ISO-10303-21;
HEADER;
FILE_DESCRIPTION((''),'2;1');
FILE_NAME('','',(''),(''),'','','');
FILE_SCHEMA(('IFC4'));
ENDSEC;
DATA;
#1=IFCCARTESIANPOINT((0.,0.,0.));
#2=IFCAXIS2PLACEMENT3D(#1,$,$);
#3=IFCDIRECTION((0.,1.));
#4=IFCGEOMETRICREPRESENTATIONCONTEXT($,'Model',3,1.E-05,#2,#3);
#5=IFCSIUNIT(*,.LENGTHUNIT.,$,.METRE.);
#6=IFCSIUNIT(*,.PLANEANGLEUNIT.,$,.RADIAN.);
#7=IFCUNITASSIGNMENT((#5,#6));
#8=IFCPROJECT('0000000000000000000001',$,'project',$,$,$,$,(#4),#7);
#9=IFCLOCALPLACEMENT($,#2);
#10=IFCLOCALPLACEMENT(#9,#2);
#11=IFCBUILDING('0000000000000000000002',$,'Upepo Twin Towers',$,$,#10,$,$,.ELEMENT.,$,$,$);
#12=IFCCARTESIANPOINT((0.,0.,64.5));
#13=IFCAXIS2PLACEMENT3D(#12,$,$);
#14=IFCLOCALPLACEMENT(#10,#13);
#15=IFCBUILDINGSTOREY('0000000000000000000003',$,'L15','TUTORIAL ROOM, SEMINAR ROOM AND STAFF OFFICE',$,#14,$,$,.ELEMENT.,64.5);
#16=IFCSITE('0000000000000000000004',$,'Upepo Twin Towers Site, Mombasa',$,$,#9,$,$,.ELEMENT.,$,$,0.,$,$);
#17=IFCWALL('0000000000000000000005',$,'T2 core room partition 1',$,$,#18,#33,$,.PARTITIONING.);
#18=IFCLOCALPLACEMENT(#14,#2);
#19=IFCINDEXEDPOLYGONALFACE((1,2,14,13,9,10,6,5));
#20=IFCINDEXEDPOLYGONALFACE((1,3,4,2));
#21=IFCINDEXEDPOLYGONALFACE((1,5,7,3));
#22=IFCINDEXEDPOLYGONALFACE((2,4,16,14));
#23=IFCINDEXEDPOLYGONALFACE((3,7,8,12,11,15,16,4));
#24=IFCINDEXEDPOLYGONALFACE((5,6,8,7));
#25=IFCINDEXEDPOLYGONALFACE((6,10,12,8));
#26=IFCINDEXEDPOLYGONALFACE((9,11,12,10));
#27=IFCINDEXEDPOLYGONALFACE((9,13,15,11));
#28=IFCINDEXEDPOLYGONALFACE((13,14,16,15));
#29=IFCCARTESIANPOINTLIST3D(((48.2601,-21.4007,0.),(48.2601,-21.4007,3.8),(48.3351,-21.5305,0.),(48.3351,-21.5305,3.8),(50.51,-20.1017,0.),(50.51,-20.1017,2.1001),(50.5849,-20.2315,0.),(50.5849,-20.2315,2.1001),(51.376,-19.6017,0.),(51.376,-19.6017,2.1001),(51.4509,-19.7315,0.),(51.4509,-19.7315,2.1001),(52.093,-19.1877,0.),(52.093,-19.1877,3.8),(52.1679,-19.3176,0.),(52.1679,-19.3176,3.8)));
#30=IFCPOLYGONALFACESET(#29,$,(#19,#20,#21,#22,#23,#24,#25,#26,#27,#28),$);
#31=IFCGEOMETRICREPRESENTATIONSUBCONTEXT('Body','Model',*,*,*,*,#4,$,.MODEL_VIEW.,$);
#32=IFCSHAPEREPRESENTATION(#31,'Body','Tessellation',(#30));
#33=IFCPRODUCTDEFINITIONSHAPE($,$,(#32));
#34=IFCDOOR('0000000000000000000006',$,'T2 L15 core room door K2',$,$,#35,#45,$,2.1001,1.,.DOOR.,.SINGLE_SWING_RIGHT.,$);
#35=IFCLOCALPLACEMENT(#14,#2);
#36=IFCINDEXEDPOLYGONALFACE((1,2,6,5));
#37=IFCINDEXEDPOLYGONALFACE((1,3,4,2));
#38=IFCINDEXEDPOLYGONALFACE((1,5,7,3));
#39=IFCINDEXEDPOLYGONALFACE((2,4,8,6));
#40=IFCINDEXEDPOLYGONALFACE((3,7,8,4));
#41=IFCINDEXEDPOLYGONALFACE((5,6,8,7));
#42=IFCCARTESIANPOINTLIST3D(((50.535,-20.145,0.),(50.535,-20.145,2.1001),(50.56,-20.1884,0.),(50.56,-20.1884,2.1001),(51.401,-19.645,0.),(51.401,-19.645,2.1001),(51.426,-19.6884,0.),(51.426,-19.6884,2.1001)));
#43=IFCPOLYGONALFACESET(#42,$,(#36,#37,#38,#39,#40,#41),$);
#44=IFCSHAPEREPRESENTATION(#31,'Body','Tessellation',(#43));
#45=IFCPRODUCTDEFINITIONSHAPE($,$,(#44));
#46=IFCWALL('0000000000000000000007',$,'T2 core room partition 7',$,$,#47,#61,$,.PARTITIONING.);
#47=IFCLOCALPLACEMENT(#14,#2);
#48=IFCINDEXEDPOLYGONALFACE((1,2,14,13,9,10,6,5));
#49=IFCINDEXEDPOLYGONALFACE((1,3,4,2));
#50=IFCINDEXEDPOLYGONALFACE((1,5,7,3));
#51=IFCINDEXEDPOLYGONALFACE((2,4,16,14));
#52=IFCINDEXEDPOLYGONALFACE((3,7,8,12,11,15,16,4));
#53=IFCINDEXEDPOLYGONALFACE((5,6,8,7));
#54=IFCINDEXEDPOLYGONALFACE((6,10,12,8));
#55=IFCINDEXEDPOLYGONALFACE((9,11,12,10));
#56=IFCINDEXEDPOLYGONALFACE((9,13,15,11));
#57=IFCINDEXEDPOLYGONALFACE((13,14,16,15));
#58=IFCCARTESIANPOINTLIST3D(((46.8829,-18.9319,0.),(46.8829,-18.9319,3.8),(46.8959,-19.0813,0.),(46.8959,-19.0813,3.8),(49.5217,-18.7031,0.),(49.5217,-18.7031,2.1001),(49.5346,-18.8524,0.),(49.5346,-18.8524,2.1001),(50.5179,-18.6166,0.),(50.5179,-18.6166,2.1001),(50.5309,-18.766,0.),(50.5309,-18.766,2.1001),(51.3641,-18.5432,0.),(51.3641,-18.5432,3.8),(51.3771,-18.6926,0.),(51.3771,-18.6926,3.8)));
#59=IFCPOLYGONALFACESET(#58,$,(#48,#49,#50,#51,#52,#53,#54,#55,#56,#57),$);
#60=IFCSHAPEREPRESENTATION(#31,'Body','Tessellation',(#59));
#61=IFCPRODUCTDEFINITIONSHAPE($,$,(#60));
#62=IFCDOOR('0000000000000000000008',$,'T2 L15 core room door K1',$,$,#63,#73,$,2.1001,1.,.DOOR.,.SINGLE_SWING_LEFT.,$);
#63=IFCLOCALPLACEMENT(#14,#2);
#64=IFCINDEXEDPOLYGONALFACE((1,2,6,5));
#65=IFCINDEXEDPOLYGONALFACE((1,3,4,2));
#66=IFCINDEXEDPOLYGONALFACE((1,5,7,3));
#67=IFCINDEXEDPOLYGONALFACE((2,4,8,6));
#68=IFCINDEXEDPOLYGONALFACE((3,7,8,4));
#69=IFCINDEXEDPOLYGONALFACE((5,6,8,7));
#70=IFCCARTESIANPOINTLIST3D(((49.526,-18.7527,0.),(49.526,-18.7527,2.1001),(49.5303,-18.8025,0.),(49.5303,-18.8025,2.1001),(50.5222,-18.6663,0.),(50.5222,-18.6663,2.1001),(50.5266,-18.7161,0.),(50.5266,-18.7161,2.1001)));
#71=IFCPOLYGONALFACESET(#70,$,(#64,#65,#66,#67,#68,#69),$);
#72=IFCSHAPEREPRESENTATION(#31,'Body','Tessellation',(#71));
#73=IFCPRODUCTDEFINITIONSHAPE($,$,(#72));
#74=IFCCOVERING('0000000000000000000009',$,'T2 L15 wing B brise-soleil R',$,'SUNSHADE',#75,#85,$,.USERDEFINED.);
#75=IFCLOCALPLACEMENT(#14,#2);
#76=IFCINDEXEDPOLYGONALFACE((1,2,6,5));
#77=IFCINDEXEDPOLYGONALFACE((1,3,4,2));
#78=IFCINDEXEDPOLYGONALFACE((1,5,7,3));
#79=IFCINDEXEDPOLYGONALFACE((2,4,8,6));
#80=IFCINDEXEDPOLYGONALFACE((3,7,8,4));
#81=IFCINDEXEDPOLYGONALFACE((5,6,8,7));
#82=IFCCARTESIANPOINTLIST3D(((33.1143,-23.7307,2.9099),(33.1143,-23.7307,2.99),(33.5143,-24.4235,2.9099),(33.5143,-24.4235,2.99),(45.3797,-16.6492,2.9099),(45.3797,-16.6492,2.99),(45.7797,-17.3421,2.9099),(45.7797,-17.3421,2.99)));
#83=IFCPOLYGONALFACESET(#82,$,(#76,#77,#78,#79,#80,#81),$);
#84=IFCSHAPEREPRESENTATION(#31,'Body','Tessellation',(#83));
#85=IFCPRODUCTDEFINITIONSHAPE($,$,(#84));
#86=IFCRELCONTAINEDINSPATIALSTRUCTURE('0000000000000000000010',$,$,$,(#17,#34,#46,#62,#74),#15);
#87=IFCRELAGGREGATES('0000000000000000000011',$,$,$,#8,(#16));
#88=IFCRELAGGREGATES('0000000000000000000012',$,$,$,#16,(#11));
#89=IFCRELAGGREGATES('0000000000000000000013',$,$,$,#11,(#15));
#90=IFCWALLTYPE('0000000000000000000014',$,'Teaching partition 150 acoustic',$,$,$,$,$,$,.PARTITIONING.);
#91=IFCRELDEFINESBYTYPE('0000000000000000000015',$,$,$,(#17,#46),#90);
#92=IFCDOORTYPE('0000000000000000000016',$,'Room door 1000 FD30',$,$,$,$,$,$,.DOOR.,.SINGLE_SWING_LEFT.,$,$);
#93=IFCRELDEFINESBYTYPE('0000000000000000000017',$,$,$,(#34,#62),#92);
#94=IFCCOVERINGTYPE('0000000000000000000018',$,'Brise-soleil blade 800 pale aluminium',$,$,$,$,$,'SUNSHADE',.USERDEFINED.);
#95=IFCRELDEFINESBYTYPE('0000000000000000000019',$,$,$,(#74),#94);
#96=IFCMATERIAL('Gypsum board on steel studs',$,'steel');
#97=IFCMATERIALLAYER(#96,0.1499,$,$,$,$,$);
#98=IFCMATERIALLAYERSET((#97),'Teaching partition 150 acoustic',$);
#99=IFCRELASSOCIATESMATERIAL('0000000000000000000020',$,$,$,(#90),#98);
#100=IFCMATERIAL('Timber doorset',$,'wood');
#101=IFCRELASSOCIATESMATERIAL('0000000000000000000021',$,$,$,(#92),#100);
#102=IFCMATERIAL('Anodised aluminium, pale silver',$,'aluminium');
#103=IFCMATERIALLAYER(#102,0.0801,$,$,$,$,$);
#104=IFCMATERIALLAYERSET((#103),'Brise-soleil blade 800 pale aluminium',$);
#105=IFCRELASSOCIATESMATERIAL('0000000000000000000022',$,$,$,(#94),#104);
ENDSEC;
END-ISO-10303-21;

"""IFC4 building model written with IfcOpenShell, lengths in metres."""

from ifc_helpers import new_model, si_unit, direction, frame, frame_2d, origin, origin_2d, place, context, subcontext, project, spatial, rectangle, extrude, material, layer, layer_set, type_object, element, fill, save


model = new_model("IFC4")

# Units and contexts
model_context = context("Model", 3, precision=1e-05, world=origin(), true_north=direction((0.0, 1.0)))
body_context = subcontext(model_context, "Body", "Model", "MODEL_VIEW")
ifc_project = project(units=[si_unit("LENGTHUNIT", "METRE"), si_unit("PLANEANGLEUNIT", "RADIAN")], contexts=[model_context])

# Site, building, storey
site_placement = place(None, origin())
site = spatial("IfcSite", under=ifc_project, at=site_placement, Name="Upepo Twin Towers Site, Mombasa", CompositionType="ELEMENT", RefElevation=0.0)
building_placement = place(site_placement, origin())
building = spatial("IfcBuilding", under=site, at=building_placement, Name="Upepo Twin Towers", CompositionType="ELEMENT")
storey_placement = place(building_placement, frame((0.0, 0.0, 64.5)))
storey = spatial("IfcBuildingStorey", under=building, at=storey_placement, Name="L15", Description="TUTORIAL ROOM, SEMINAR ROOM AND STAFF OFFICE", CompositionType="ELEMENT", Elevation=64.5)

# Walls, openings, doors
ifc_material_1 = material(Name="Gypsum board on steel studs", Category="steel")
ifc_layer_1 = layer(ifc_material_1, 0.1499)
ifc_layer_set_1 = layer_set([ifc_layer_1], Name="Teaching partition 150 acoustic")
wall_type_1 = type_object("IfcWallType", Name="Teaching partition 150 acoustic", PredefinedType="PARTITIONING", material=ifc_layer_set_1)
wall_1_placement = place(storey_placement, frame((48.2976, -21.4656, 0.0), z_axis=(0.0, 0.0, 1.0), x_axis=(0.866021, 0.500007, 0.0)))
wall_1 = element("IfcWall", 1, at=wall_1_placement, inside=storey, type_object=wall_type_1, Name="T2 core room partition 1", PredefinedType="PARTITIONING", context=body_context, shape_type="SweptSolid", body=[
    extrude(rectangle(XDim=4.4258, YDim=0.1499, at=frame_2d((2.2129, 0.0))), origin(), (0.0, 0.0, 1.0), 3.8),
])
opening_1_placement = place(wall_1_placement, frame((2.5979, 0.0, 0.0)))
opening_1 = element("IfcOpeningElement", 2, at=opening_1_placement, cuts=wall_1, PredefinedType="OPENING", context=body_context, shape_type="SweptSolid", body=[
    extrude(rectangle(XDim=1.0, YDim=2.1001, at=frame_2d((0.5, 1.05))), frame((0.0, 0.085, 0.0), z_axis=(0.0, -1.0, 0.0), x_axis=(1.0, 0.0, 0.0)), (0.0, 0.0, 1.0), 0.1699),
])
ifc_material_2 = material(Name="Timber doorset", Category="wood")
door_type = type_object("IfcDoorType", Name="Room door 1000 FD30", OperationType="SINGLE_SWING_LEFT", PredefinedType="DOOR", material=ifc_material_2)
door_1_placement = place(opening_1_placement, origin())
door_1 = element("IfcDoor", 3, at=door_1_placement, inside=storey, type_object=door_type, Name="T2 L15 core room door K2", OperationType="SINGLE_SWING_RIGHT", OverallHeight=2.1001, OverallWidth=1.0, PredefinedType="DOOR", context=body_context, shape_type="SweptSolid", body=[
    extrude(rectangle(XDim=1.0, YDim=2.1001, at=frame_2d((0.5, 1.05))), frame((0.0, 0.0249, 0.0), z_axis=(0.0, -1.0, 0.0), x_axis=(1.0, 0.0, 0.0)), (0.0, 0.0, 1.0), 0.05),
])
fill(opening_1, door_1)
wall_2_placement = place(storey_placement, frame((51.3706, -18.6179, 0.0), z_axis=(0.0, 0.0, 1.0), x_axis=(-0.99626, -0.086409, 0.0)))
wall_2 = element("IfcWall", 4, at=wall_2_placement, inside=storey, type_object=wall_type_1, Name="T2 core room partition 7", PredefinedType="PARTITIONING", context=body_context, shape_type="SweptSolid", body=[
    extrude(rectangle(XDim=4.498, YDim=0.1499, at=frame_2d((2.249, 0.0))), origin(), (0.0, 0.0, 1.0), 3.8),
])
opening_2_placement = place(wall_2_placement, frame((0.8494, 0.0, 0.0)))
opening_2 = element("IfcOpeningElement", 5, at=opening_2_placement, cuts=wall_2, PredefinedType="OPENING", context=body_context, shape_type="SweptSolid", body=[
    extrude(rectangle(XDim=1.0, YDim=2.1001, at=frame_2d((0.5, 1.05))), frame((0.0, 0.085, 0.0), z_axis=(0.0, -1.0, 0.0), x_axis=(1.0, 0.0, 0.0)), (0.0, 0.0, 1.0), 0.1699),
])
door_2_placement = place(opening_2_placement, origin())
door_2 = element("IfcDoor", 6, at=door_2_placement, inside=storey, type_object=door_type, Name="T2 L15 core room door K1", OperationType="SINGLE_SWING_LEFT", OverallHeight=2.1001, OverallWidth=1.0, PredefinedType="DOOR", context=body_context, shape_type="SweptSolid", body=[
    extrude(rectangle(XDim=1.0, YDim=2.1001, at=frame_2d((0.5, 1.05))), frame((0.0, 0.0249, 0.0), z_axis=(0.0, -1.0, 0.0), x_axis=(1.0, 0.0, 0.0)), (0.0, 0.0, 1.0), 0.05),
])
fill(opening_2, door_2)

# Covering
ifc_material_3 = material(Name="Anodised aluminium, pale silver", Category="aluminium")
ifc_layer_2 = layer(ifc_material_3, 0.0801)
ifc_layer_set_2 = layer_set([ifc_layer_2], Name="Brise-soleil blade 800 pale aluminium")
covering_type = type_object("IfcCoveringType", Name="Brise-soleil blade 800 pale aluminium", ElementType="SUNSHADE", PredefinedType="USERDEFINED", material=ifc_layer_set_2)
covering_placement = place(storey_placement, frame((39.447, -20.5364, 2.9099), z_axis=(0.0, 0.0, 1.0), x_axis=(-0.866025, -0.5, 0.0)))
element("IfcCovering", 7, at=covering_placement, inside=storey, type_object=covering_type, Name="T2 L15 wing B brise-soleil R", ObjectType="SUNSHADE", PredefinedType="USERDEFINED", context=body_context, shape_type="SweptSolid", body=[
    extrude(rectangle(XDim=14.1628, YDim=0.8, at=origin_2d()), origin(), (0.0, 0.0, 1.0), 0.0801),
])

save(model, "model.ifc")
